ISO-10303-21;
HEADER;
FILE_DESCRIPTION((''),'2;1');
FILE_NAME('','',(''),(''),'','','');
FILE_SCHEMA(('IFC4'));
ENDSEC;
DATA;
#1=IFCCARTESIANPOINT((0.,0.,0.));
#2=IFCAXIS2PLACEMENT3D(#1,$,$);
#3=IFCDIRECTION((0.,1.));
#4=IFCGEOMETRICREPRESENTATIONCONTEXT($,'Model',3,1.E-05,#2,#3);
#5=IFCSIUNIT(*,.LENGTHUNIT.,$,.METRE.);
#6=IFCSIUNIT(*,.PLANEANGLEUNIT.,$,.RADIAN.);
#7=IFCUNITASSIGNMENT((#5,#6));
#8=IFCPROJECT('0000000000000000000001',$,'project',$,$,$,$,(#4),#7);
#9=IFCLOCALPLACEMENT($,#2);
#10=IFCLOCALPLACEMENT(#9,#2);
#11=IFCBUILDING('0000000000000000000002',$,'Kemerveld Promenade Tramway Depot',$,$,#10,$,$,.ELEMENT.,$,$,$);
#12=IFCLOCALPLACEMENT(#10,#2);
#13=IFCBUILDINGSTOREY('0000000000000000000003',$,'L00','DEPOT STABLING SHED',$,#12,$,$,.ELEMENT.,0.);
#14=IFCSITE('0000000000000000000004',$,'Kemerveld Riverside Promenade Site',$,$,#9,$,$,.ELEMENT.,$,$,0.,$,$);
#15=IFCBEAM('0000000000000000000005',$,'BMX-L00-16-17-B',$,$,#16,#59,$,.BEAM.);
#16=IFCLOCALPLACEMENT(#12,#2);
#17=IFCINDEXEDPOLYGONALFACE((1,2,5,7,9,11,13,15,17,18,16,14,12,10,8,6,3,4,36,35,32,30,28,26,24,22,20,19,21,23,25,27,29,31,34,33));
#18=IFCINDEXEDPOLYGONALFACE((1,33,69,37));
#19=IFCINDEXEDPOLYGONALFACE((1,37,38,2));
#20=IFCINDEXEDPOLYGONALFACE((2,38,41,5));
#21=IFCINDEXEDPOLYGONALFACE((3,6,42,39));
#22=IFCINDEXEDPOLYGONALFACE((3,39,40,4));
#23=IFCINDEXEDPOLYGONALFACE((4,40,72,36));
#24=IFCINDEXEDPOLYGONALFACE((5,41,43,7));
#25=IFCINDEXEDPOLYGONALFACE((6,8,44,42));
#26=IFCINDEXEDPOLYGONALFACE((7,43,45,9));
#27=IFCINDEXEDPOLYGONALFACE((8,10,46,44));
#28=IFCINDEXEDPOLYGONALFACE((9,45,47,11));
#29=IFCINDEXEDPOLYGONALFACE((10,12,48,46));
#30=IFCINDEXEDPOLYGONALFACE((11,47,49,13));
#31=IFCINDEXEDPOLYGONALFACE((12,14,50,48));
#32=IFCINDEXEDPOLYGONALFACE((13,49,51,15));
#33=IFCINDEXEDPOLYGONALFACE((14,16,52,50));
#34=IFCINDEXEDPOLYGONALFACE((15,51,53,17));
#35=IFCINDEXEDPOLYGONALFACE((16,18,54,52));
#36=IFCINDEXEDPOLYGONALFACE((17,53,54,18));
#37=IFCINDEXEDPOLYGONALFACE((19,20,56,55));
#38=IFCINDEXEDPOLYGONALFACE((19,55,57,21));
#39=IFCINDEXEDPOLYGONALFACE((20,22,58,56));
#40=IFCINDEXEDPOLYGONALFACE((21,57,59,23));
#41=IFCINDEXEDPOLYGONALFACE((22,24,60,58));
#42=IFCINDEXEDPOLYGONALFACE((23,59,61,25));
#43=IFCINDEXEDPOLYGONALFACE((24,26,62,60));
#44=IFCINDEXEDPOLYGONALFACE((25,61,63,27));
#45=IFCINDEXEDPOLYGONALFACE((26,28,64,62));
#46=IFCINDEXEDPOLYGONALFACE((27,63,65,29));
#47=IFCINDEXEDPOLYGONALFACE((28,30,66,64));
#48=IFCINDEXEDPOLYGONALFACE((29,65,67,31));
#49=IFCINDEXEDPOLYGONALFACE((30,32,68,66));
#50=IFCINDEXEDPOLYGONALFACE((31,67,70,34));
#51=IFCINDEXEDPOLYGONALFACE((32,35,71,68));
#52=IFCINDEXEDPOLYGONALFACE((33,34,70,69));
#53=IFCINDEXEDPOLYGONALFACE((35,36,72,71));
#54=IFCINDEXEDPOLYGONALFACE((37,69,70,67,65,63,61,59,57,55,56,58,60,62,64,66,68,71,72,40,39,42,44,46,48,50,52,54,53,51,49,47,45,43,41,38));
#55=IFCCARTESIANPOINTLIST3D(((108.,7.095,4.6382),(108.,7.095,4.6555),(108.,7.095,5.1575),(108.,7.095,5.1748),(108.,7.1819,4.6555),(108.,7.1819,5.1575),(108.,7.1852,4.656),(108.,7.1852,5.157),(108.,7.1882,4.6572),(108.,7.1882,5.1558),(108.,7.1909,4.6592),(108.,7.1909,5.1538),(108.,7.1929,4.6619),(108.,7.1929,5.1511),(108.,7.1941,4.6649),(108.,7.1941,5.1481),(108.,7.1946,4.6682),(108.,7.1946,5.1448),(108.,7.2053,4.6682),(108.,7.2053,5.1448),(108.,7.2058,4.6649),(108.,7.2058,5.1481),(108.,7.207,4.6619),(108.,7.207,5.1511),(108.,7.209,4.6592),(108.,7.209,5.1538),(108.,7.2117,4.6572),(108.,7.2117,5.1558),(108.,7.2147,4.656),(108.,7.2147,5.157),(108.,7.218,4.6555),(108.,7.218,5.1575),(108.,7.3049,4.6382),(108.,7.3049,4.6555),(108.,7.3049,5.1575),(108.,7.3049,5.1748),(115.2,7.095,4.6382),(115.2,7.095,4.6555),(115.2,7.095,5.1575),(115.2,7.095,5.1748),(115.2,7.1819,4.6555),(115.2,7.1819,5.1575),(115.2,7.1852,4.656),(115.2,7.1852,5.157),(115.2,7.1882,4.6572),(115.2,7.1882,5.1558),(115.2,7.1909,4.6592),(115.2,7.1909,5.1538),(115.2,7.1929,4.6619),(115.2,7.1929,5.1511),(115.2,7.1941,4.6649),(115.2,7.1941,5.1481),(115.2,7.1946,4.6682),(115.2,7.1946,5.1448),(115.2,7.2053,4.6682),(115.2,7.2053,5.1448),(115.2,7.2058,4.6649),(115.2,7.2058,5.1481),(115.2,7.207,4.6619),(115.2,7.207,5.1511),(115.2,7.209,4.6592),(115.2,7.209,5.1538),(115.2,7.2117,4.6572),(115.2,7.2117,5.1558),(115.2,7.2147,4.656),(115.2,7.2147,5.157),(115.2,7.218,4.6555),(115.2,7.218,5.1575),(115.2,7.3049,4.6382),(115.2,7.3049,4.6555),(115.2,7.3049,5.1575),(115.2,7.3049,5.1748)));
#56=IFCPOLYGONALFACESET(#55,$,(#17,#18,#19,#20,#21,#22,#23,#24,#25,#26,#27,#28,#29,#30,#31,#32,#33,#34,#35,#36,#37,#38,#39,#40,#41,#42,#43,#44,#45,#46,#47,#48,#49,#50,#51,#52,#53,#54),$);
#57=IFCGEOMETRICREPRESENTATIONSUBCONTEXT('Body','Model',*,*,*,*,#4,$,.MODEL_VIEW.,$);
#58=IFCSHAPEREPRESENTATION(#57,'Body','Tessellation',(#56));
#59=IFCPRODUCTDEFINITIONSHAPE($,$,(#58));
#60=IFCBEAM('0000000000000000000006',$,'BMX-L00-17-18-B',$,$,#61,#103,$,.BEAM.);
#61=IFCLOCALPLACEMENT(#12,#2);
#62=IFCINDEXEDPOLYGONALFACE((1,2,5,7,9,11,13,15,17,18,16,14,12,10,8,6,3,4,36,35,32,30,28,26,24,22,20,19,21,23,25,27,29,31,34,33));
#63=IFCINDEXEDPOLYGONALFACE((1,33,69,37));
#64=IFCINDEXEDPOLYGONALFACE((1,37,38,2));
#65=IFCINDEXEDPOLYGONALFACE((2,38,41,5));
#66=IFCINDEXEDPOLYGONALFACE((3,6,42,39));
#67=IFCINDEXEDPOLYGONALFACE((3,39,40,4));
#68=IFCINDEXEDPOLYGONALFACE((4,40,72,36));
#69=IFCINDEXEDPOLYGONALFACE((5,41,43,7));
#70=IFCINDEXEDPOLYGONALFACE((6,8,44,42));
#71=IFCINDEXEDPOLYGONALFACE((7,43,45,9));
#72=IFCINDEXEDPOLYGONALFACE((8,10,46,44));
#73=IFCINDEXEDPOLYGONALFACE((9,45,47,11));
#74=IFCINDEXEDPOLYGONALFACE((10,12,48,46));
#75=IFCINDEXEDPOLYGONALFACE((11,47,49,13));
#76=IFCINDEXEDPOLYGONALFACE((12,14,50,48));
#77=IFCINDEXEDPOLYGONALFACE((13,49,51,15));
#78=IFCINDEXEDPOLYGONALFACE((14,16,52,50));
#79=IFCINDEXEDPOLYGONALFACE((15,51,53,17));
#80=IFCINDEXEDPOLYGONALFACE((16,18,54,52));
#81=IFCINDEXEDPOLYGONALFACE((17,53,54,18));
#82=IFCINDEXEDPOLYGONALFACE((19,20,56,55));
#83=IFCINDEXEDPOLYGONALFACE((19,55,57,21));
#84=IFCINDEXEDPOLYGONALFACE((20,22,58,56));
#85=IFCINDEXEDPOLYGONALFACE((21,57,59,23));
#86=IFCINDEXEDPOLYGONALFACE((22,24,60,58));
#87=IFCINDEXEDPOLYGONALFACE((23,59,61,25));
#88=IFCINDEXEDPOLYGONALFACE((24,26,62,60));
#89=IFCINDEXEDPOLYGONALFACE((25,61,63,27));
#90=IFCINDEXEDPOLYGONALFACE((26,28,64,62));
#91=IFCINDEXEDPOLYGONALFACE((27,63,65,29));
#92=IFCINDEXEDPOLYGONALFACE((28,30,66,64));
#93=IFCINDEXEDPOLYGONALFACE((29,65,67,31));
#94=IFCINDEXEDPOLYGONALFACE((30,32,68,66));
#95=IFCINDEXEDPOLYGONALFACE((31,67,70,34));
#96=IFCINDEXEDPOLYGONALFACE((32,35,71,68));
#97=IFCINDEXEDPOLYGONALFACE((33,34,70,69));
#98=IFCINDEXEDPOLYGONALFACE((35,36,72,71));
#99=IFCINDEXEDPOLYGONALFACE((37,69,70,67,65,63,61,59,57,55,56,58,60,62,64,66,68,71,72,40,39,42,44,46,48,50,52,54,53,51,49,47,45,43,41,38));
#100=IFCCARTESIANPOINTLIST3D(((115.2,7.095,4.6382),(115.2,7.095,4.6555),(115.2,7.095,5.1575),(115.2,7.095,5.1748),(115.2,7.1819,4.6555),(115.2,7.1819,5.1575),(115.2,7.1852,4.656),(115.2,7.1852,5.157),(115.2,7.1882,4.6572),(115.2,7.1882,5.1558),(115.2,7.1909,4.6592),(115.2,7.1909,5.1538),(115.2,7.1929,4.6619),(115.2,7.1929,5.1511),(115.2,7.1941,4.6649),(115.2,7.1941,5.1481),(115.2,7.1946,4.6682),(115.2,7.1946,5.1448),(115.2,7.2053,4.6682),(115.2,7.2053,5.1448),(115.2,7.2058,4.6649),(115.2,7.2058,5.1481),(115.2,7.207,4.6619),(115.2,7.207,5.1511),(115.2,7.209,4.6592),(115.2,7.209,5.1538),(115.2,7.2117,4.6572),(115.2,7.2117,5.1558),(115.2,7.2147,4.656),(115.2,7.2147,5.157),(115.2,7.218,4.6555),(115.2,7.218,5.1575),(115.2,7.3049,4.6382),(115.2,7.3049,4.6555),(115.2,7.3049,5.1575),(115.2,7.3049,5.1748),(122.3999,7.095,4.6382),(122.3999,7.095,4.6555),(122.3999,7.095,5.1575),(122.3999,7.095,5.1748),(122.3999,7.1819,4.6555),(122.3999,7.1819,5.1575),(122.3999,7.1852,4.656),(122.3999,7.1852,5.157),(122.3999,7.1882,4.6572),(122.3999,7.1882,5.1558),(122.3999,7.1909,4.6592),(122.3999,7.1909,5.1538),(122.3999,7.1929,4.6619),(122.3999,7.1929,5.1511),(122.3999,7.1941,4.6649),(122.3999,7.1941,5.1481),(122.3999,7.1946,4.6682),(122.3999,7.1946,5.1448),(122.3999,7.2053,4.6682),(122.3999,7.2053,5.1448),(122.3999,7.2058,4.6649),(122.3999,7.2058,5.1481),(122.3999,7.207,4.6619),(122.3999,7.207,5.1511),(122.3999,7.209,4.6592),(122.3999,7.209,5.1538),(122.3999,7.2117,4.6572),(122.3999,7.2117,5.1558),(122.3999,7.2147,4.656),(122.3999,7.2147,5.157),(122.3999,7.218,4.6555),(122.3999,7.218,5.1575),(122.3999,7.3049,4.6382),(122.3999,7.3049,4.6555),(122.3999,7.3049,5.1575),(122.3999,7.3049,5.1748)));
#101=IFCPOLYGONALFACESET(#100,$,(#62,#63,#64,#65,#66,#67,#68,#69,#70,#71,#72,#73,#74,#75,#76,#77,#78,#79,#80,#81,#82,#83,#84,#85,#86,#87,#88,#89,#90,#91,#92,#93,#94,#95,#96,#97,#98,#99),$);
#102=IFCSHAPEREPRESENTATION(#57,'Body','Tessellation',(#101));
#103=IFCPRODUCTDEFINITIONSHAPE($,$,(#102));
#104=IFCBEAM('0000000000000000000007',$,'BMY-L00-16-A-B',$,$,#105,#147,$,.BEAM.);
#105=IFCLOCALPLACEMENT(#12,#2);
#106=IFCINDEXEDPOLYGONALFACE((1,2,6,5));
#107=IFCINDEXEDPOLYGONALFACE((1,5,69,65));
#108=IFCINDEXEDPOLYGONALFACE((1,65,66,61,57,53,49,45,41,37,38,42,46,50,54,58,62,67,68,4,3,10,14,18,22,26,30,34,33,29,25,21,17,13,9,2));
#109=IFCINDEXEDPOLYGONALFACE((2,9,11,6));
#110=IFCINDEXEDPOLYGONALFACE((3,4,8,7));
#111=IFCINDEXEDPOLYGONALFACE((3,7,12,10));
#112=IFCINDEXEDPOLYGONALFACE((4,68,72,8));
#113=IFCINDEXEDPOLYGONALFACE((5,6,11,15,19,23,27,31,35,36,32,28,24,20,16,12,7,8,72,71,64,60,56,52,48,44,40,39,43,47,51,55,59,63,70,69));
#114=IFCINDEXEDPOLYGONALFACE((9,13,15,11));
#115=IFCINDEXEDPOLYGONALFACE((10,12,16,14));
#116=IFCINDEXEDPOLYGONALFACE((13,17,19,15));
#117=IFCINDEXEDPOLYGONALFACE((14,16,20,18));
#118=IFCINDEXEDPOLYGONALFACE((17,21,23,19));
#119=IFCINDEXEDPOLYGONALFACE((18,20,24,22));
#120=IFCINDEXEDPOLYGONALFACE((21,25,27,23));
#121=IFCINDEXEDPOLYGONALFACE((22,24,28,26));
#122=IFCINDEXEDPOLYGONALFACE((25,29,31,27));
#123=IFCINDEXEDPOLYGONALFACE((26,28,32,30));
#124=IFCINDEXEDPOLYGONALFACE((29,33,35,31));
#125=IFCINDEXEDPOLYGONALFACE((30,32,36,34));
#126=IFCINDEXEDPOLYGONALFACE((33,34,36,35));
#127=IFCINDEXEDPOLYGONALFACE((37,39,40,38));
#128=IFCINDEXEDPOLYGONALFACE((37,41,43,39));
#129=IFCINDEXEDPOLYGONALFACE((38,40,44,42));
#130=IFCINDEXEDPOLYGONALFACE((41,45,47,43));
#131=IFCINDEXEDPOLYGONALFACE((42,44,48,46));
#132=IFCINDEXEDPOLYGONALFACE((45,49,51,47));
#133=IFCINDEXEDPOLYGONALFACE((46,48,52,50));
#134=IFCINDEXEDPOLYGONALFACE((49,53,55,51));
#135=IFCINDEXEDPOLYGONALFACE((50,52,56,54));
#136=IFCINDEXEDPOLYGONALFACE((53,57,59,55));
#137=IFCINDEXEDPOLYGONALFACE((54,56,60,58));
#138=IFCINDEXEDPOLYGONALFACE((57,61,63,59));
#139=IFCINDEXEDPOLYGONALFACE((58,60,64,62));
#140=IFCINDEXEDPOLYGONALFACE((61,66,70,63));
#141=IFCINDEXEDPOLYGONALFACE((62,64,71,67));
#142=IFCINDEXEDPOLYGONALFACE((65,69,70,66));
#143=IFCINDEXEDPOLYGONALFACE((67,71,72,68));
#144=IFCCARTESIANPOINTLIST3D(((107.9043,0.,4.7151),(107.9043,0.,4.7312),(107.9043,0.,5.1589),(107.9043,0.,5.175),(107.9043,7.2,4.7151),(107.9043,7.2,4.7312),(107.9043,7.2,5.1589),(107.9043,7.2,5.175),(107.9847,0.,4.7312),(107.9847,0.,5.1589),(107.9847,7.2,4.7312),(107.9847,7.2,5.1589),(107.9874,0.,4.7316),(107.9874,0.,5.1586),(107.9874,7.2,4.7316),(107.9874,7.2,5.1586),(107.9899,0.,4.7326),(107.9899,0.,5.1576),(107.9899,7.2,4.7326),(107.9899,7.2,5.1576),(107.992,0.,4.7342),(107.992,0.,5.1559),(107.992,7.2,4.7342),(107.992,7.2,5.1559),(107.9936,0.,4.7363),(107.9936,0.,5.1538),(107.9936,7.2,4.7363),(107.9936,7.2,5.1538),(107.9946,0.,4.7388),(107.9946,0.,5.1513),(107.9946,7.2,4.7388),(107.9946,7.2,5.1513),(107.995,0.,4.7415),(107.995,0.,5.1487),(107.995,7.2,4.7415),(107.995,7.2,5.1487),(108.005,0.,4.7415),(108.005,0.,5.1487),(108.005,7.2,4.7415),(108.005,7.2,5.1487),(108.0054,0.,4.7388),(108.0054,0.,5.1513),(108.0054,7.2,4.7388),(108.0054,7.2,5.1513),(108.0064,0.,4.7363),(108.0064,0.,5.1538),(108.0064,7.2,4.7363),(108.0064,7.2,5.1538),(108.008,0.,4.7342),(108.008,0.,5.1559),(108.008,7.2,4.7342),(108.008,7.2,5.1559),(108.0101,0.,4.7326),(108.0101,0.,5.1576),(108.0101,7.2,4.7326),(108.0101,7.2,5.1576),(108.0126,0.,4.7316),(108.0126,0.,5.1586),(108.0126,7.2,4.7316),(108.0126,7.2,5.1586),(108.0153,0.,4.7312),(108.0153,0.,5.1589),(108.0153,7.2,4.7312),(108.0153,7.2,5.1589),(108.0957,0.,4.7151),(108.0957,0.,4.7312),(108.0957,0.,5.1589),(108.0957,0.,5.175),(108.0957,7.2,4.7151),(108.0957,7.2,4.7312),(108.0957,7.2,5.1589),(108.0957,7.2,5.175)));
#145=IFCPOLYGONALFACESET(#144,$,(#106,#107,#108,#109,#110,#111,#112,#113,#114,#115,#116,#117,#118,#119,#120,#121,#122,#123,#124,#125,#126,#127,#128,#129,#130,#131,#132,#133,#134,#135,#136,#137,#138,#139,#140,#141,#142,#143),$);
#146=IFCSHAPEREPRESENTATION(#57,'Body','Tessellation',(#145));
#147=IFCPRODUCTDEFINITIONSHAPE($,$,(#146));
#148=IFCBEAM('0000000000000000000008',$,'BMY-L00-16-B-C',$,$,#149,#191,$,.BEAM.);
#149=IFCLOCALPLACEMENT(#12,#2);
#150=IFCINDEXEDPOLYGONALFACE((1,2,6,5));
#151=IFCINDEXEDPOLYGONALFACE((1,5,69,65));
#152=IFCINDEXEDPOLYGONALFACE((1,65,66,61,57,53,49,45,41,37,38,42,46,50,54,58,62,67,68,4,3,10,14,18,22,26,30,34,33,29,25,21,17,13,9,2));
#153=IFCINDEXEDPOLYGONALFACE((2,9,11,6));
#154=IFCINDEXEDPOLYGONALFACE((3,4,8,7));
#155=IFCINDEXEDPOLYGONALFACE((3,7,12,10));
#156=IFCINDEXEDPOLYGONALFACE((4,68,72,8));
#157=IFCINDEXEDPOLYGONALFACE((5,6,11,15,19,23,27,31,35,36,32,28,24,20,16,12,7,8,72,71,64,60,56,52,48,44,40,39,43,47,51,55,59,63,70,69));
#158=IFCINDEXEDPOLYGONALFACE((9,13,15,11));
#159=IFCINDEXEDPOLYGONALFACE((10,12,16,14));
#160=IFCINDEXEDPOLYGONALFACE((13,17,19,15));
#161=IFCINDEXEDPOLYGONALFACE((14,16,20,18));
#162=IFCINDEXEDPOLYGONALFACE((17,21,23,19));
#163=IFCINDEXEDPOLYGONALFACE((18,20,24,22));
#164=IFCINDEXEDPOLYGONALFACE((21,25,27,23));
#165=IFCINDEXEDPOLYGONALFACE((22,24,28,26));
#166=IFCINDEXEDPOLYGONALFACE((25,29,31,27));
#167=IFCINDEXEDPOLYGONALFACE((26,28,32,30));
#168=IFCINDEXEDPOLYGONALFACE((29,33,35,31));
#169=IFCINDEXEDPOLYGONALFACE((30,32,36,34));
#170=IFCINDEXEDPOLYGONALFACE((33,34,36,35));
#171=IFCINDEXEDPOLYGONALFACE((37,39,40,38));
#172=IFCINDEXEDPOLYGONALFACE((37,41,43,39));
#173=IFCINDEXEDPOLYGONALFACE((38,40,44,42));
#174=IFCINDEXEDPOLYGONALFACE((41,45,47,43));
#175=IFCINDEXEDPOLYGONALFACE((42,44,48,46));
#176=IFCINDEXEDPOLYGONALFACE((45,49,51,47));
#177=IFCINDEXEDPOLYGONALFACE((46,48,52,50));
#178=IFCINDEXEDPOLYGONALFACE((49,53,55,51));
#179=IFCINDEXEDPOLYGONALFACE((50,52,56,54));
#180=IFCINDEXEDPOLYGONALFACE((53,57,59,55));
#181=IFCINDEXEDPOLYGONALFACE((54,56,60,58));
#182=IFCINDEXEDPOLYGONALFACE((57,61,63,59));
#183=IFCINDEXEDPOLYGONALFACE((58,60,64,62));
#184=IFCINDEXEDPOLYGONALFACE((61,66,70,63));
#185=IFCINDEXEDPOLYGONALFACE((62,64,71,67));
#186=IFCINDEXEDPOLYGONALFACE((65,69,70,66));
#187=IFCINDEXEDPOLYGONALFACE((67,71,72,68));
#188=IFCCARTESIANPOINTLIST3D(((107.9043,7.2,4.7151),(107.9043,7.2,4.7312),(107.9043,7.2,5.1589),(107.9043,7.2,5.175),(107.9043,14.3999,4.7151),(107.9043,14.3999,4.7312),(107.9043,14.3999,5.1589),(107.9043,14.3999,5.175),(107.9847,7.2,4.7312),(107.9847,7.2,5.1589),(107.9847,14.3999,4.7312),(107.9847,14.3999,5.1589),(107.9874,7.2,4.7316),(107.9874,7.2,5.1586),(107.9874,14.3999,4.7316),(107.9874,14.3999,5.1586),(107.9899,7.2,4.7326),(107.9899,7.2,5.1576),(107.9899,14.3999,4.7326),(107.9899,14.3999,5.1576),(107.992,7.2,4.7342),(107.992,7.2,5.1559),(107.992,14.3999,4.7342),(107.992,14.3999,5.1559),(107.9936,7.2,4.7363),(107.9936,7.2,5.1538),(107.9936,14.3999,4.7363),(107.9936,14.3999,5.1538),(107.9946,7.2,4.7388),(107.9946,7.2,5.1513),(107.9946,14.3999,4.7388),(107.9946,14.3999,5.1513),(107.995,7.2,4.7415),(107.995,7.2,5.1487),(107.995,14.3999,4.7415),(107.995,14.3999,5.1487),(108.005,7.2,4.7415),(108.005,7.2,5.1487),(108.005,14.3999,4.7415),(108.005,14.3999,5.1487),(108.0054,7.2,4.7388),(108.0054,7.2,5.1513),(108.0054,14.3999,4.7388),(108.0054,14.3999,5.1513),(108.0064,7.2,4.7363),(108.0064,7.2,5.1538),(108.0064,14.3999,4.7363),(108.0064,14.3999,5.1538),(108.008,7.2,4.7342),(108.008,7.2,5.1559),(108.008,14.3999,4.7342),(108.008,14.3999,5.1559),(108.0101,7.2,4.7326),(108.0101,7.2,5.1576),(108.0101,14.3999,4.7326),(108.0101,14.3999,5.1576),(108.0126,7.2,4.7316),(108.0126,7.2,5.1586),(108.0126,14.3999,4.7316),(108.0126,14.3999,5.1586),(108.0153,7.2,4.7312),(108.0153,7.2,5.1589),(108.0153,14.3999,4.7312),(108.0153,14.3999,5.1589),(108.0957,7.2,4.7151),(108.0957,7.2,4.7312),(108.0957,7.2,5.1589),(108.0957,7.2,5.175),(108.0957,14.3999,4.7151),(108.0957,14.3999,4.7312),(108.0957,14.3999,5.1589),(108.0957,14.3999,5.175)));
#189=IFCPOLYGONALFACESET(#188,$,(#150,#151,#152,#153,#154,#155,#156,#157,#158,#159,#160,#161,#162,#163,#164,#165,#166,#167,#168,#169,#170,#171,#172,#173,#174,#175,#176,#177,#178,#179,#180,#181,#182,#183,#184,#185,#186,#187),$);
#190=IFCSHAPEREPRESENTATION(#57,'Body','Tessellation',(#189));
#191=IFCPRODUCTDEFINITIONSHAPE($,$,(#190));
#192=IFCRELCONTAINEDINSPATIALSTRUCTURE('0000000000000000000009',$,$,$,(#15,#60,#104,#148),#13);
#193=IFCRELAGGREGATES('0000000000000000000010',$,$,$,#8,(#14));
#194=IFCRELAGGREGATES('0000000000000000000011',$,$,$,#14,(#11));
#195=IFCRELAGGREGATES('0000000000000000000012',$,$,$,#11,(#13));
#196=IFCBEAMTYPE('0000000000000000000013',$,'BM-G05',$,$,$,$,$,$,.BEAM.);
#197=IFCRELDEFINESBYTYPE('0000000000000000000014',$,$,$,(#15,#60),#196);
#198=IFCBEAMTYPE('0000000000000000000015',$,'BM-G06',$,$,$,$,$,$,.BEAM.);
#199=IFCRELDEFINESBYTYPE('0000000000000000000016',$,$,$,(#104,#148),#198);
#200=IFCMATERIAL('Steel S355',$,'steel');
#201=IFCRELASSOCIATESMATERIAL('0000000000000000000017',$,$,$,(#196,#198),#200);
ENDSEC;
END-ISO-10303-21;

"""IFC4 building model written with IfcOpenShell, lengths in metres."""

from ifc_helpers import new_model, si_unit, direction, frame, origin, origin_2d, place, context, subcontext, project, spatial, i_section, extrude, material, material_profile, profile_set, type_object, element, save


model = new_model("IFC4")

# Units and contexts
model_context = context("Model", 3, precision=1e-05, world=origin(), true_north=direction((0.0, 1.0)))
body_context = subcontext(model_context, "Body", "Model", "MODEL_VIEW")
ifc_project = project(units=[si_unit("LENGTHUNIT", "METRE"), si_unit("PLANEANGLEUNIT", "RADIAN")], contexts=[model_context])

# Site, building, storey
site_placement = place(None, origin())
site = spatial("IfcSite", under=ifc_project, at=site_placement, Name="Kemerveld Riverside Promenade Site", CompositionType="ELEMENT", RefElevation=0.0)
building_placement = place(site_placement, origin())
building = spatial("IfcBuilding", under=site, at=building_placement, Name="Kemerveld Promenade Tramway Depot", CompositionType="ELEMENT")
storey_placement = place(building_placement, origin())
storey = spatial("IfcBuildingStorey", under=building, at=storey_placement, Name="L00", Description="DEPOT STABLING SHED", CompositionType="ELEMENT", Elevation=0.0)

# Shared definitions
ifc_material_1 = material(Name="Steel S355", Category="steel")

# Beams
ifc_material_profile_1 = material_profile(ifc_material_1, i_section(OverallWidth=0.21, OverallDepth=0.5366, WebThickness=0.0107, FlangeThickness=0.0173, FilletRadius=0.0127, at=origin_2d()), Name="533x210x101 UB")
ifc_profile_set_1 = profile_set([ifc_material_profile_1], Name="Steel S355")
beam_type_1 = type_object("IfcBeamType", Name="BM-G05", PredefinedType="BEAM", material=ifc_profile_set_1)
for number, where, z_axis, x_axis, name in (
    (1, (108.0, 7.2, 4.9065), (1.0, 0.0, 0.0), (0.0, 1.0, 0.0), "BMX-L00-16-17-B"),
    (2, (115.2, 7.2, 4.9065), (1.0, 0.0, 0.0), (0.0, 1.0, 0.0), "BMX-L00-17-18-B"),
):
    element("IfcBeam", number, at=place(storey_placement, frame(where, z_axis=z_axis, x_axis=x_axis)), inside=storey, type_object=beam_type_1, Name=name, PredefinedType="BEAM", context=body_context, shape_type="SweptSolid", body=[
        extrude(i_section(OverallWidth=0.21, OverallDepth=0.5366, WebThickness=0.0107, FlangeThickness=0.0173, FilletRadius=0.0127, at=origin_2d()), origin(), (0.0, 0.0, 1.0), 7.2),
    ])
ifc_material_profile_2 = material_profile(ifc_material_1, i_section(OverallWidth=0.1914, OverallDepth=0.46, WebThickness=0.01, FlangeThickness=0.0161, FilletRadius=0.0103, at=origin_2d()), Name="457x191x82 UB")
ifc_profile_set_2 = profile_set([ifc_material_profile_2], Name="Steel S355")
beam_type_2 = type_object("IfcBeamType", Name="BM-G06", PredefinedType="BEAM", material=ifc_profile_set_2)
for number, where, z_axis, x_axis, name in (
    (3, (108.0, 0.0, 4.9451), (0.0, 1.0, 0.0), (-1.0, 0.0, 0.0), "BMY-L00-16-A-B"),
    (4, (108.0, 7.2, 4.9451), (0.0, 1.0, 0.0), (-1.0, 0.0, 0.0), "BMY-L00-16-B-C"),
):
    element("IfcBeam", number, at=place(storey_placement, frame(where, z_axis=z_axis, x_axis=x_axis)), inside=storey, type_object=beam_type_2, Name=name, PredefinedType="BEAM", context=body_context, shape_type="SweptSolid", body=[
        extrude(i_section(OverallWidth=0.1914, OverallDepth=0.46, WebThickness=0.01, FlangeThickness=0.0161, FilletRadius=0.0103, at=origin_2d()), origin(), (0.0, 0.0, 1.0), 7.2),
    ])

save(model, "model.ifc")
